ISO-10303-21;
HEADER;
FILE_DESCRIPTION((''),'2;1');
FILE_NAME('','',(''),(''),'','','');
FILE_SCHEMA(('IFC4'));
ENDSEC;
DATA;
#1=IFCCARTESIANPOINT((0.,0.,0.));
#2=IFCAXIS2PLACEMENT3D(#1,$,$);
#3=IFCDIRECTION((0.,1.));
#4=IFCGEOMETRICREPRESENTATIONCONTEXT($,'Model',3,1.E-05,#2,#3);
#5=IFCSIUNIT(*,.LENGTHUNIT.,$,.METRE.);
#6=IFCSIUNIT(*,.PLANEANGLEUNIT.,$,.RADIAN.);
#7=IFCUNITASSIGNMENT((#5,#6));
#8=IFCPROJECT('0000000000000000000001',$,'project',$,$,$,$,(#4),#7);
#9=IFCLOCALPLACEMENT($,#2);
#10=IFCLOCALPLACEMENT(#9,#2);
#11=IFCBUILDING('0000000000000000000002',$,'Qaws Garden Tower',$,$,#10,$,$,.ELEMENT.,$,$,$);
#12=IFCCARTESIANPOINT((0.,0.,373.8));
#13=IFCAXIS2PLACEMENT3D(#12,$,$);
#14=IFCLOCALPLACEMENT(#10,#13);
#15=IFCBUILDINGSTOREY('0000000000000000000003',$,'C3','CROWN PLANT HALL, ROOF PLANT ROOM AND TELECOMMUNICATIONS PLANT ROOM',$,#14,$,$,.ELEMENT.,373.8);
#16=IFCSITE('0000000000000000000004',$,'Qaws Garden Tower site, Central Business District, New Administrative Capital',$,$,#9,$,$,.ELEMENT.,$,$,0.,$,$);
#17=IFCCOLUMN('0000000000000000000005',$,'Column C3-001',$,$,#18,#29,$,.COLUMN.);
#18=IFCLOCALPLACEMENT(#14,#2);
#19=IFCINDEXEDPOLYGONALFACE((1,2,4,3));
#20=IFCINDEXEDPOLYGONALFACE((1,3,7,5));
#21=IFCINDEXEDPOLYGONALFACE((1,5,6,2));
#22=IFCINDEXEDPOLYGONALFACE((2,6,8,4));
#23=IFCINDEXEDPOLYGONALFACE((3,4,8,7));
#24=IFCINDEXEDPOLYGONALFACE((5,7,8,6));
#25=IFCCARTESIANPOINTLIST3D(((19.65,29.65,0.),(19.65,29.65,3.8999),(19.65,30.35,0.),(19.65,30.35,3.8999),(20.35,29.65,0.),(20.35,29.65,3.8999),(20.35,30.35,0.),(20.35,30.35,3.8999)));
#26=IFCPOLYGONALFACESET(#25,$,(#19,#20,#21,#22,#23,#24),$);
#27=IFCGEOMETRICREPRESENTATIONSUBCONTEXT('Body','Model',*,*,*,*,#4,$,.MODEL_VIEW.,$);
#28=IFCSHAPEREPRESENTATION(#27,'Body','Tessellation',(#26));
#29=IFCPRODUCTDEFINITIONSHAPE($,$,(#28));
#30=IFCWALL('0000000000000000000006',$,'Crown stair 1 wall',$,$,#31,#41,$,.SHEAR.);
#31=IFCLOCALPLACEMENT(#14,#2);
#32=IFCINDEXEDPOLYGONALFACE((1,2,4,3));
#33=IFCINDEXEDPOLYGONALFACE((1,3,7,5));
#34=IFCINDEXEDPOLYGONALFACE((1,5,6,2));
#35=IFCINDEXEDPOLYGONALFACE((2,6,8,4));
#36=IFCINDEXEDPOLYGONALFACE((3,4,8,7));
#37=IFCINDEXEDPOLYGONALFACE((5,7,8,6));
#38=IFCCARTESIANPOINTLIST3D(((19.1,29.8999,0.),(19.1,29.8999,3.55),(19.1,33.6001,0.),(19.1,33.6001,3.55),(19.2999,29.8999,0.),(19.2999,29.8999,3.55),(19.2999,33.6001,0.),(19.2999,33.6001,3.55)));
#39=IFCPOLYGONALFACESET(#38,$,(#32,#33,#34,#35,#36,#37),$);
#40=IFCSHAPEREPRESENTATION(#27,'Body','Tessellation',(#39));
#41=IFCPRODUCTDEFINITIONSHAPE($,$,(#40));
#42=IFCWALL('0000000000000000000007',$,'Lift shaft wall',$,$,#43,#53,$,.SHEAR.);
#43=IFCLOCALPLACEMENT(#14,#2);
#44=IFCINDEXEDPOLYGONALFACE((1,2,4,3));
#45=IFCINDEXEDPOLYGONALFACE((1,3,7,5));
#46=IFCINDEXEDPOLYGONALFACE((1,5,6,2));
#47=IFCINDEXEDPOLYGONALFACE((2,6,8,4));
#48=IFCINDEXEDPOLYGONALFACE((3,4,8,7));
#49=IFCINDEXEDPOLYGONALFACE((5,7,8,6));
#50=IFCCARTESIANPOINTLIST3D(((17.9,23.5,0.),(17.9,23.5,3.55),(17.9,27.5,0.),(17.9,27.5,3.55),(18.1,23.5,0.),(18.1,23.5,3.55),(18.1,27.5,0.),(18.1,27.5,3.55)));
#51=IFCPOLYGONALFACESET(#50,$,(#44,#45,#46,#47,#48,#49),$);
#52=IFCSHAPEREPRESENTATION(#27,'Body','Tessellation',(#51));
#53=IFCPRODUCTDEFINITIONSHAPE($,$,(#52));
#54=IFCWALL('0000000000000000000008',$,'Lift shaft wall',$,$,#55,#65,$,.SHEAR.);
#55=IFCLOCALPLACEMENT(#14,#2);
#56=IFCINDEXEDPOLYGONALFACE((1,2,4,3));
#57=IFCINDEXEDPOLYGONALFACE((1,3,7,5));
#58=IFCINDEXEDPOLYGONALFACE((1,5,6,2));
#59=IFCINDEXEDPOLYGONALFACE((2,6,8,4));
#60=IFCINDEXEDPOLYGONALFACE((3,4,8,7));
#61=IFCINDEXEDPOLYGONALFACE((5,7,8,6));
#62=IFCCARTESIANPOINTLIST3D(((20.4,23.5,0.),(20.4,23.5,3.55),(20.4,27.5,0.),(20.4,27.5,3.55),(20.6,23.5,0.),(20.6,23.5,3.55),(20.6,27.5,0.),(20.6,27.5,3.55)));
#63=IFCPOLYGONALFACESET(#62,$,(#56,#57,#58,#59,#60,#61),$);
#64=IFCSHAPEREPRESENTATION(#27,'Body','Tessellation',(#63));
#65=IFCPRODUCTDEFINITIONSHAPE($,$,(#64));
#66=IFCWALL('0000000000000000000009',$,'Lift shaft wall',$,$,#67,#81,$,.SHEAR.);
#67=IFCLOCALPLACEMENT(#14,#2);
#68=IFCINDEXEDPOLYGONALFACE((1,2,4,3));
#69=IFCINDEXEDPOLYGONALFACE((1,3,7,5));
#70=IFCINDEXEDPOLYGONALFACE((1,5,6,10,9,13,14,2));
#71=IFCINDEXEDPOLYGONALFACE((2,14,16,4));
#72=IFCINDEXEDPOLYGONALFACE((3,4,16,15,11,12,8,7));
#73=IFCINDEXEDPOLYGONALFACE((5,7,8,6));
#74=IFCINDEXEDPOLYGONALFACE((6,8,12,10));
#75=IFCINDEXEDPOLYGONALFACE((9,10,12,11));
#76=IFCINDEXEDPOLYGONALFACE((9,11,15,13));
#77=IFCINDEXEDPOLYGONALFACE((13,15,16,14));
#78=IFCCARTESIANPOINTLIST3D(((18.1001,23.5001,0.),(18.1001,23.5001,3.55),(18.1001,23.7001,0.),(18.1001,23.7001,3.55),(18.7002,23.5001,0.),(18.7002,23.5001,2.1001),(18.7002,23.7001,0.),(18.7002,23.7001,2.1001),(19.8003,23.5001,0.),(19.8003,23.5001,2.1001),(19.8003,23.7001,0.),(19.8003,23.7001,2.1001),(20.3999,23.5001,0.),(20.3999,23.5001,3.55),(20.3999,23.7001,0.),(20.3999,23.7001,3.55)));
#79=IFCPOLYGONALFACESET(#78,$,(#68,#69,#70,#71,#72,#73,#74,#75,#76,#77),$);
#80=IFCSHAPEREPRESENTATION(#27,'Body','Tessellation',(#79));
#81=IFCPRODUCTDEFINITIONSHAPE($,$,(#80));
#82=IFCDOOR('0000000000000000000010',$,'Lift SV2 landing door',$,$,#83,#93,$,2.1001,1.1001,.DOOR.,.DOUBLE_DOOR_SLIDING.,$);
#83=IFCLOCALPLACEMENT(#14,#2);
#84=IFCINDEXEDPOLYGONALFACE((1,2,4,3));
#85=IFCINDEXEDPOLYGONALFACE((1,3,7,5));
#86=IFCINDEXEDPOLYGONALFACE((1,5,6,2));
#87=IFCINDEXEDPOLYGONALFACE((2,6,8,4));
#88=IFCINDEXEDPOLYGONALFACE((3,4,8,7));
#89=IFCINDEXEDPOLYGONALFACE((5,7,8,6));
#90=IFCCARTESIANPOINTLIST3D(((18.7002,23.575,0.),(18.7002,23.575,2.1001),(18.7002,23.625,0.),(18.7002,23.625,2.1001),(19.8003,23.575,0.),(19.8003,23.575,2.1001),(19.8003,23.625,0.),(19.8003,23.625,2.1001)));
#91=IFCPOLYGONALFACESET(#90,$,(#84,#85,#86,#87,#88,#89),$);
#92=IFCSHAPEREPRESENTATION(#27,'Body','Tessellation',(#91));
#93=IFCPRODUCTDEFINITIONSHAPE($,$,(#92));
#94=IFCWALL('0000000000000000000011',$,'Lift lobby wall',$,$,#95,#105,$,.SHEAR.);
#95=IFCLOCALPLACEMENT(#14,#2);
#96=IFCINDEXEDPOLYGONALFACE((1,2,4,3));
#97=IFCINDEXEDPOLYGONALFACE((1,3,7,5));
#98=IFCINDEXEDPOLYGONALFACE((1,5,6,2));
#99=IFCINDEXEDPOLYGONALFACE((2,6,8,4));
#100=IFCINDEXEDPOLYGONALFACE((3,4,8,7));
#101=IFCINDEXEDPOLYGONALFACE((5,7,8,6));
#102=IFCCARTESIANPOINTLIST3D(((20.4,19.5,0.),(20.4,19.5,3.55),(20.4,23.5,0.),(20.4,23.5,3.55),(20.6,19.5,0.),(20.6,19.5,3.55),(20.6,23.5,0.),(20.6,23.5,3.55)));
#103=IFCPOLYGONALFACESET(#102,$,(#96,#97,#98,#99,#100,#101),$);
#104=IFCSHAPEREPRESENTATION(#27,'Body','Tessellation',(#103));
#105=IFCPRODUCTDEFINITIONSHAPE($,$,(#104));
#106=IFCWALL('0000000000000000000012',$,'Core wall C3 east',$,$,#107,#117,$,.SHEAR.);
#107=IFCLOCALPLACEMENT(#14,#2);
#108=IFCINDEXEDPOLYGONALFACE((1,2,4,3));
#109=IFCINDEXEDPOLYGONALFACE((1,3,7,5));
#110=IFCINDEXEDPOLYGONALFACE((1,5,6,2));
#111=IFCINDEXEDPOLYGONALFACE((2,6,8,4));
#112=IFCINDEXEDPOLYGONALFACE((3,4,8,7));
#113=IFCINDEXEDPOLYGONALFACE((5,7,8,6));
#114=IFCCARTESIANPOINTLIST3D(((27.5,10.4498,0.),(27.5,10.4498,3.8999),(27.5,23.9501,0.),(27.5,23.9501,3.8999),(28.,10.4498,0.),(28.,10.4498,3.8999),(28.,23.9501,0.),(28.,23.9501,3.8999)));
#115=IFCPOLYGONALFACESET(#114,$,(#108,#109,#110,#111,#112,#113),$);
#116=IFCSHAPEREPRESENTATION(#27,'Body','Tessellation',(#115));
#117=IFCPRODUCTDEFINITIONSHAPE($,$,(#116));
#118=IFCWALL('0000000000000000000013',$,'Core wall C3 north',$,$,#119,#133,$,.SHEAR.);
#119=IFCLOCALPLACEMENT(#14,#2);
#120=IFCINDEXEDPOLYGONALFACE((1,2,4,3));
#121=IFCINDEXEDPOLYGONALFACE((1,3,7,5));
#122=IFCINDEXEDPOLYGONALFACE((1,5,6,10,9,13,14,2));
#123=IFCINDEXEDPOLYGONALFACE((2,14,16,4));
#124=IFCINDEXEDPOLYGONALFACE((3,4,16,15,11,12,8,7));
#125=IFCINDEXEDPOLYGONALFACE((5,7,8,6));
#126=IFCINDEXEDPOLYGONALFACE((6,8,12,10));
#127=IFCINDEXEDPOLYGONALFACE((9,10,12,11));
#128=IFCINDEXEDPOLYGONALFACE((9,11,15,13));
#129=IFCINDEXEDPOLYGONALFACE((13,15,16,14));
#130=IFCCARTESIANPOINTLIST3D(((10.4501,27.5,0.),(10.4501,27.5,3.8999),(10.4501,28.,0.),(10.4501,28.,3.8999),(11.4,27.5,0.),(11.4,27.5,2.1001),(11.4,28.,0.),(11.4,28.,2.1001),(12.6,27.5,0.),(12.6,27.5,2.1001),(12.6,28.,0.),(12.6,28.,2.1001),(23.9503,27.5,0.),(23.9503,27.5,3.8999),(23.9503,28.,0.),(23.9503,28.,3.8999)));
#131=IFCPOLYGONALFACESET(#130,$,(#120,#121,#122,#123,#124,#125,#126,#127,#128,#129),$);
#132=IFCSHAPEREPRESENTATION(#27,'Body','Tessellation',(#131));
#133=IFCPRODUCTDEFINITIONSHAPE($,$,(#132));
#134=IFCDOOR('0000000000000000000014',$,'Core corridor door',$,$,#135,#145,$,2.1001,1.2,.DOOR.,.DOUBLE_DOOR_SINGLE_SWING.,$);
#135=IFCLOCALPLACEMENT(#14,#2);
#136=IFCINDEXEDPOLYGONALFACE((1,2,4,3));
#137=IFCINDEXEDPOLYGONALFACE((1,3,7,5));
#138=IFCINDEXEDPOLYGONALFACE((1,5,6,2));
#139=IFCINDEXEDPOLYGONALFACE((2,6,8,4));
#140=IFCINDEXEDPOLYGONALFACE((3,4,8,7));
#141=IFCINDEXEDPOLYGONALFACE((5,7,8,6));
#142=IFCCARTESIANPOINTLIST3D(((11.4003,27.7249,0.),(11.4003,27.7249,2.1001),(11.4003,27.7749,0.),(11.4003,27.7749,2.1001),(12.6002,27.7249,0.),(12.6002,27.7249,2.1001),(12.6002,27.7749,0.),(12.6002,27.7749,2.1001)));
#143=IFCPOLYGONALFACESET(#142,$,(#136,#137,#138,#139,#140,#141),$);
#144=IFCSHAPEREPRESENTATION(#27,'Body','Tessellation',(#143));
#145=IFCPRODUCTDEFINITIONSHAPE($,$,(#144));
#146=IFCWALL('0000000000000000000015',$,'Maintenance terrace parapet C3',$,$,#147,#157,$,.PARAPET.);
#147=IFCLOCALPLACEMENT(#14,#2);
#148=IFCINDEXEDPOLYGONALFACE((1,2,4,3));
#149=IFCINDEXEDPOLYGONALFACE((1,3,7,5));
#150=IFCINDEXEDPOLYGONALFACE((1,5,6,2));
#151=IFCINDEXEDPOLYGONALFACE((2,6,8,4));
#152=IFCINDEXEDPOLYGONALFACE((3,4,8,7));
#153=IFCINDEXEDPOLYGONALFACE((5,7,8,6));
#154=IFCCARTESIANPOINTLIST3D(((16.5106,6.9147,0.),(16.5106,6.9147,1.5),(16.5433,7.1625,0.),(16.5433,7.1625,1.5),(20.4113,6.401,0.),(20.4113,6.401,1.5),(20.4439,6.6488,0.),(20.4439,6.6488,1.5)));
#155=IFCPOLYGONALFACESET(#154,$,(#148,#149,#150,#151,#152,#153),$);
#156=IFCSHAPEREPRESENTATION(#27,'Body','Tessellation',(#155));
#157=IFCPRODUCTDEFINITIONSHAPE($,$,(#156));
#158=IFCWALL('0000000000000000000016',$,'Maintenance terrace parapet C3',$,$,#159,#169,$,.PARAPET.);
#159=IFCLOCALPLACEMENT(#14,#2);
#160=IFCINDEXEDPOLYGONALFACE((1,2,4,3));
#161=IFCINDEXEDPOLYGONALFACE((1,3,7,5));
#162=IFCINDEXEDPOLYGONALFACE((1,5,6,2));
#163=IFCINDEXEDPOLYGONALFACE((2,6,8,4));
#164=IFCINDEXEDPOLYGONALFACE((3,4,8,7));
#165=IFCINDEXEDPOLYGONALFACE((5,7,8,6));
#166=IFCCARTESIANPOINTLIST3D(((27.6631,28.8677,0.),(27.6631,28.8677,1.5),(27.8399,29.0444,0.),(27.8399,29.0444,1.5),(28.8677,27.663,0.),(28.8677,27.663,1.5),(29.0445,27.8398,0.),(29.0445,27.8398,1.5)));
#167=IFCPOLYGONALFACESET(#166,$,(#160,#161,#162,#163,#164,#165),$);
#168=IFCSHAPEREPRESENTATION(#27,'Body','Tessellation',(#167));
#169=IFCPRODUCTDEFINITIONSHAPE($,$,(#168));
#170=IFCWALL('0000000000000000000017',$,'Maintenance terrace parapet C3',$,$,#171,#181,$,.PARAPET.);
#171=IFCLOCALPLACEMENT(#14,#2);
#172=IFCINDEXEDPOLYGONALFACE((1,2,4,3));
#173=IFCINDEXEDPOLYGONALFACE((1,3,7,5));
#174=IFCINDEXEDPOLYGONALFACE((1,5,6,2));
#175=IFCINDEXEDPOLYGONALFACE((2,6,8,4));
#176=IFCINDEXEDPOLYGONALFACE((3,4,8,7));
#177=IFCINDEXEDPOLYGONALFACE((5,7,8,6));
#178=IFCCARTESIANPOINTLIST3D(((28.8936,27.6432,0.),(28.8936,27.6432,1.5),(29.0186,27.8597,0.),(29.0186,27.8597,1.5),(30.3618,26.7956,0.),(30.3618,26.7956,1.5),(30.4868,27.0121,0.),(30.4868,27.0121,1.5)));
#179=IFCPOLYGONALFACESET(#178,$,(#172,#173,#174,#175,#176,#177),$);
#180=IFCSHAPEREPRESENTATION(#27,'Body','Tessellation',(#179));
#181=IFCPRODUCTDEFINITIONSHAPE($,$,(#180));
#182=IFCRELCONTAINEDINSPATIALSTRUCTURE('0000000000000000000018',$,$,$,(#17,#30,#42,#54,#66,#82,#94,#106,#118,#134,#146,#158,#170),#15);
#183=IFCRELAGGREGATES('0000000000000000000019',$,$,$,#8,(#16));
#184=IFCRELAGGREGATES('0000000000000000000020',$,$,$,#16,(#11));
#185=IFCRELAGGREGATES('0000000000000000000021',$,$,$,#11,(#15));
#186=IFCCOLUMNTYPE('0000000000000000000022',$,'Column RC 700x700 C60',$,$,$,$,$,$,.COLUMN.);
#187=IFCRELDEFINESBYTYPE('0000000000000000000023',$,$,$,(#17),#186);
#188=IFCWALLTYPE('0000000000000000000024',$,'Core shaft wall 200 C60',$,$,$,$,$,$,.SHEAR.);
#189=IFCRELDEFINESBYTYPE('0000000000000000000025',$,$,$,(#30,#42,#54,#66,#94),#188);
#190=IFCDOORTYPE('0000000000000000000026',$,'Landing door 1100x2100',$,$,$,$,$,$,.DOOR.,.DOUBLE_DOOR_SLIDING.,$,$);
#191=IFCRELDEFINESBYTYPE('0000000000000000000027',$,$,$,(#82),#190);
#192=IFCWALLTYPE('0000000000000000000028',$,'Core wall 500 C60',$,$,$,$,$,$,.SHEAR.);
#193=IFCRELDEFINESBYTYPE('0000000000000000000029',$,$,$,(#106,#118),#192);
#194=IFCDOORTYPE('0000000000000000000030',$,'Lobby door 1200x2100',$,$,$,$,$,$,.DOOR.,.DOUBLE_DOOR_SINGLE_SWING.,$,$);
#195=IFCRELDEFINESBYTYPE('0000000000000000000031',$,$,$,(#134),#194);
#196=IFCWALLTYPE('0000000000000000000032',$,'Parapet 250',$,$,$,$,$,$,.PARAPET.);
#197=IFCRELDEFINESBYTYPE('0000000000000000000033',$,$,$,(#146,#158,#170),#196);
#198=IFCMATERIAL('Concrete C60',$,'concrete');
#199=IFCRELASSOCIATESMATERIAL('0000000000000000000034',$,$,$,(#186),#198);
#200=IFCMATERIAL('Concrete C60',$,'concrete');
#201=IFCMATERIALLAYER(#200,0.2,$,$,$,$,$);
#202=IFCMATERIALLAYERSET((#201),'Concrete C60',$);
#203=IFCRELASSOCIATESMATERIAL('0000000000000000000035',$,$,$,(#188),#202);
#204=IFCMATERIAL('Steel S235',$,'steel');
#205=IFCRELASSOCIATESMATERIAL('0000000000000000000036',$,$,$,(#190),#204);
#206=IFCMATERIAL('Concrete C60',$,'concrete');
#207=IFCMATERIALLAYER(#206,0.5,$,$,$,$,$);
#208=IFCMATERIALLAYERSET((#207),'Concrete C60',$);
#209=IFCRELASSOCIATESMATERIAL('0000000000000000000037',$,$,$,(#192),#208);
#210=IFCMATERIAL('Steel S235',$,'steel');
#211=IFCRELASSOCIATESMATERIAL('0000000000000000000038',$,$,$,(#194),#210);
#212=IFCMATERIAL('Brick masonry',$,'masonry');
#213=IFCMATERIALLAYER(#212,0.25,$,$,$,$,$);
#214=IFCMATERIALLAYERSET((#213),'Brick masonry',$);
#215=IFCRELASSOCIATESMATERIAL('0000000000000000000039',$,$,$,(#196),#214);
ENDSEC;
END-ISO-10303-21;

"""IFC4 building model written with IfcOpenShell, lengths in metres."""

from ifc_helpers import new_model, si_unit, direction, frame, frame_2d, origin, origin_2d, place, context, subcontext, project, spatial, rectangle, extrude, material, layer, layer_set, material_profile, profile_set, type_object, element, fill, save


model = new_model("IFC4")

# Units and contexts
model_context = context("Model", 3, precision=1e-05, world=origin(), true_north=direction((0.0, 1.0)))
body_context = subcontext(model_context, "Body", "Model", "MODEL_VIEW")
ifc_project = project(units=[si_unit("LENGTHUNIT", "METRE"), si_unit("PLANEANGLEUNIT", "RADIAN")], contexts=[model_context])

# Site, building, storey
site_placement = place(None, origin())
site = spatial("IfcSite", under=ifc_project, at=site_placement, Name="Qaws Garden Tower site, Central Business District, New Administrative Capital", CompositionType="ELEMENT", RefElevation=0.0)
building_placement = place(site_placement, origin())
building = spatial("IfcBuilding", under=site, at=building_placement, Name="Qaws Garden Tower", CompositionType="ELEMENT")
storey_placement = place(building_placement, frame((0.0, 0.0, 373.8)))
storey = spatial("IfcBuildingStorey", under=building, at=storey_placement, Name="C3", Description="CROWN PLANT HALL, ROOF PLANT ROOM AND TELECOMMUNICATIONS PLANT ROOM", CompositionType="ELEMENT", Elevation=373.8)

# Column
ifc_material_1 = material(Name="Concrete C60", Category="concrete")
ifc_material_profile = material_profile(ifc_material_1, rectangle(XDim=0.7, YDim=0.7, at=origin_2d()), Name="RC 700x700")
ifc_profile_set = profile_set([ifc_material_profile], Name="Concrete C60")
column_type = type_object("IfcColumnType", Name="Column RC 700x700 C60", PredefinedType="COLUMN", material=ifc_profile_set)
column_placement = place(storey_placement, frame((20.0, 30.0, 0.0), z_axis=(0.0, 0.0, 1.0), x_axis=(1.0, 0.0, 0.0)))
element("IfcColumn", 1, at=column_placement, inside=storey, type_object=column_type, Name="Column C3-001", PredefinedType="COLUMN", context=body_context, shape_type="SweptSolid", body=[
    extrude(rectangle(XDim=0.7, YDim=0.7, at=origin_2d()), origin(), (0.0, 0.0, 1.0), 3.8999),
])

# Walls
ifc_material_2 = material(Name="Concrete C60", Category="concrete")
ifc_layer_1 = layer(ifc_material_2, 0.2)
ifc_layer_set_1 = layer_set([ifc_layer_1], Name="Concrete C60")
wall_type_1 = type_object("IfcWallType", Name="Core shaft wall 200 C60", PredefinedType="SHEAR", material=ifc_layer_set_1)
wall_1_placement = place(storey_placement, frame((19.2, 29.8999, 0.0), z_axis=(0.0, 0.0, 1.0), x_axis=(0.0, 1.0, 0.0)))
element("IfcWall", 2, at=wall_1_placement, inside=storey, type_object=wall_type_1, Name="Crown stair 1 wall", PredefinedType="SHEAR", context=body_context, shape_type="SweptSolid", body=[
    extrude(rectangle(XDim=3.7002, YDim=0.2, at=frame_2d((1.8501, 0.0))), origin(), (0.0, 0.0, 1.0), 3.55),
])
for number, where, z_axis, x_axis, name in (
    (3, (18.0, 23.5, 0.0), (0.0, 0.0, 1.0), (0.0, 1.0, 0.0), "Lift shaft wall"),
    (4, (20.5, 23.5, 0.0), (0.0, 0.0, 1.0), (0.0, 1.0, 0.0), "Lift shaft wall"),
):
    element("IfcWall", number, at=place(storey_placement, frame(where, z_axis=z_axis, x_axis=x_axis)), inside=storey, type_object=wall_type_1, Name=name, PredefinedType="SHEAR", context=body_context, shape_type="SweptSolid", body=[
        extrude(rectangle(XDim=4.0, YDim=0.2, at=frame_2d((2.0, 0.0))), origin(), (0.0, 0.0, 1.0), 3.55),
    ])

# Wall, opening, door
wall_2_placement = place(storey_placement, frame((18.1001, 23.6001, 0.0), z_axis=(0.0, 0.0, 1.0), x_axis=(1.0, 0.0, 0.0)))
wall_2 = element("IfcWall", 5, at=wall_2_placement, inside=storey, type_object=wall_type_1, Name="Lift shaft wall", PredefinedType="SHEAR", context=body_context, shape_type="SweptSolid", body=[
    extrude(rectangle(XDim=2.2998, YDim=0.2, at=frame_2d((1.1499, 0.0))), origin(), (0.0, 0.0, 1.0), 3.55),
])
opening_1_placement = place(wall_2_placement, frame((0.6001, 0.0, 0.0)))
opening_1 = element("IfcOpeningElement", 6, at=opening_1_placement, cuts=wall_2, PredefinedType="OPENING", context=body_context, shape_type="SweptSolid", body=[
    extrude(rectangle(XDim=1.1001, YDim=2.1001, at=frame_2d((0.55, 1.05))), frame((0.0, 0.1099, 0.0), z_axis=(0.0, -1.0, 0.0), x_axis=(1.0, 0.0, 0.0)), (0.0, 0.0, 1.0), 0.22),
])
ifc_material_3 = material(Name="Steel S235", Category="steel")
door_type_1 = type_object("IfcDoorType", Name="Landing door 1100x2100", OperationType="DOUBLE_DOOR_SLIDING", PredefinedType="DOOR", material=ifc_material_3)
door_1_placement = place(opening_1_placement, origin())
door_1 = element("IfcDoor", 7, at=door_1_placement, inside=storey, type_object=door_type_1, Name="Lift SV2 landing door", OperationType="DOUBLE_DOOR_SLIDING", OverallHeight=2.1001, OverallWidth=1.1001, PredefinedType="DOOR", context=body_context, shape_type="SweptSolid", body=[
    extrude(rectangle(XDim=1.1001, YDim=2.1001, at=frame_2d((0.55, 1.05))), frame((0.0, 0.0249, 0.0), z_axis=(0.0, -1.0, 0.0), x_axis=(1.0, 0.0, 0.0)), (0.0, 0.0, 1.0), 0.05),
])
fill(opening_1, door_1)

# Walls
wall_3_placement = place(storey_placement, frame((20.5, 19.5, 0.0), z_axis=(0.0, 0.0, 1.0), x_axis=(0.0, 1.0, 0.0)))
element("IfcWall", 8, at=wall_3_placement, inside=storey, type_object=wall_type_1, Name="Lift lobby wall", PredefinedType="SHEAR", context=body_context, shape_type="SweptSolid", body=[
    extrude(rectangle(XDim=4.0, YDim=0.2, at=frame_2d((2.0, 0.0))), origin(), (0.0, 0.0, 1.0), 3.55),
])
ifc_material_4 = material(Name="Concrete C60", Category="concrete")
ifc_layer_2 = layer(ifc_material_4, 0.5)
ifc_layer_set_2 = layer_set([ifc_layer_2], Name="Concrete C60")
wall_type_2 = type_object("IfcWallType", Name="Core wall 500 C60", PredefinedType="SHEAR", material=ifc_layer_set_2)
wall_4_placement = place(storey_placement, frame((27.75, 10.45, 0.0), z_axis=(0.0, 0.0, 1.0), x_axis=(0.0, 1.0, 0.0)))
element("IfcWall", 9, at=wall_4_placement, inside=storey, type_object=wall_type_2, Name="Core wall C3 east", PredefinedType="SHEAR", context=body_context, shape_type="SweptSolid", body=[
    extrude(rectangle(XDim=13.5002, YDim=0.5, at=frame_2d((6.75, 0.0))), origin(), (0.0, 0.0, 1.0), 3.8999),
])

# Wall, opening, door
wall_5_placement = place(storey_placement, frame((23.9502, 27.75, 0.0), z_axis=(0.0, 0.0, 1.0), x_axis=(-1.0, 0.0, 0.0)))
wall_5 = element("IfcWall", 10, at=wall_5_placement, inside=storey, type_object=wall_type_2, Name="Core wall C3 north", PredefinedType="SHEAR", context=body_context, shape_type="SweptSolid", body=[
    extrude(rectangle(XDim=13.5002, YDim=0.5, at=frame_2d((6.75, 0.0))), origin(), (0.0, 0.0, 1.0), 3.8999),
])
opening_2_placement = place(wall_5_placement, frame((11.3501, 0.0, 0.0)))
opening_2 = element("IfcOpeningElement", 11, at=opening_2_placement, cuts=wall_5, PredefinedType="OPENING", context=body_context, shape_type="SweptSolid", body=[
    extrude(rectangle(XDim=1.2, YDim=2.1001, at=frame_2d((0.6001, 1.05))), frame((0.0, 0.26, 0.0), z_axis=(0.0, -1.0, 0.0), x_axis=(1.0, 0.0, 0.0)), (0.0, 0.0, 1.0), 0.52),
])
ifc_material_5 = material(Name="Steel S235", Category="steel")
door_type_2 = type_object("IfcDoorType", Name="Lobby door 1200x2100", OperationType="DOUBLE_DOOR_SINGLE_SWING", PredefinedType="DOOR", material=ifc_material_5)
door_2_placement = place(opening_2_placement, frame((1.2, 0.0, 0.0), z_axis=(0.0, 0.0, 1.0), x_axis=(-1.0, 0.0, 0.0)))
door_2 = element("IfcDoor", 12, at=door_2_placement, inside=storey, type_object=door_type_2, Name="Core corridor door", OperationType="DOUBLE_DOOR_SINGLE_SWING", OverallHeight=2.1001, OverallWidth=1.2, PredefinedType="DOOR", context=body_context, shape_type="SweptSolid", body=[
    extrude(rectangle(XDim=1.2, YDim=2.1001, at=frame_2d((0.6001, 1.05))), frame((0.0, 0.0249, 0.0), z_axis=(0.0, -1.0, 0.0), x_axis=(1.0, 0.0, 0.0)), (0.0, 0.0, 1.0), 0.05),
])
fill(opening_2, door_2)

# Walls
ifc_material_6 = material(Name="Brick masonry", Category="masonry")
ifc_layer_3 = layer(ifc_material_6, 0.25)
ifc_layer_set_3 = layer_set([ifc_layer_3], Name="Brick masonry")
wall_type_3 = type_object("IfcWallType", Name="Parapet 250", PredefinedType="PARAPET", material=ifc_layer_set_3)
wall_6_placement = place(storey_placement, frame((20.4277, 6.5249, 0.0), z_axis=(0.0, 0.0, 1.0), x_axis=(-0.99144, 0.130562, 0.0)))
element("IfcWall", 13, at=wall_6_placement, inside=storey, type_object=wall_type_3, Name="Maintenance terrace parapet C3", PredefinedType="PARAPET", context=body_context, shape_type="SweptSolid", body=[
    extrude(rectangle(XDim=3.9343, YDim=0.25, at=frame_2d((1.9673, 0.0))), origin(), (0.0, 0.0, 1.0), 1.5),
])
wall_7_placement = place(storey_placement, frame((27.7515, 28.9561, 0.0), z_axis=(0.0, 0.0, 1.0), x_axis=(0.707107, -0.707107, 0.0)))
element("IfcWall", 14, at=wall_7_placement, inside=storey, type_object=wall_type_3, Name="Maintenance terrace parapet C3", PredefinedType="PARAPET", context=body_context, shape_type="SweptSolid", body=[
    extrude(rectangle(XDim=1.7036, YDim=0.25, at=frame_2d((0.8518, 0.0))), origin(), (0.0, 0.0, 1.0), 1.5),
])
wall_8_placement = place(storey_placement, frame((28.9561, 27.7515, 0.0), z_axis=(0.0, 0.0, 1.0), x_axis=(0.866037, -0.49998, 0.0)))
element("IfcWall", 15, at=wall_8_placement, inside=storey, type_object=wall_type_3, Name="Maintenance terrace parapet C3", PredefinedType="PARAPET", context=body_context, shape_type="SweptSolid", body=[
    extrude(rectangle(XDim=1.6953, YDim=0.25, at=frame_2d((0.8477, 0.0))), origin(), (0.0, 0.0, 1.0), 1.5),
])

save(model, "model.ifc")
